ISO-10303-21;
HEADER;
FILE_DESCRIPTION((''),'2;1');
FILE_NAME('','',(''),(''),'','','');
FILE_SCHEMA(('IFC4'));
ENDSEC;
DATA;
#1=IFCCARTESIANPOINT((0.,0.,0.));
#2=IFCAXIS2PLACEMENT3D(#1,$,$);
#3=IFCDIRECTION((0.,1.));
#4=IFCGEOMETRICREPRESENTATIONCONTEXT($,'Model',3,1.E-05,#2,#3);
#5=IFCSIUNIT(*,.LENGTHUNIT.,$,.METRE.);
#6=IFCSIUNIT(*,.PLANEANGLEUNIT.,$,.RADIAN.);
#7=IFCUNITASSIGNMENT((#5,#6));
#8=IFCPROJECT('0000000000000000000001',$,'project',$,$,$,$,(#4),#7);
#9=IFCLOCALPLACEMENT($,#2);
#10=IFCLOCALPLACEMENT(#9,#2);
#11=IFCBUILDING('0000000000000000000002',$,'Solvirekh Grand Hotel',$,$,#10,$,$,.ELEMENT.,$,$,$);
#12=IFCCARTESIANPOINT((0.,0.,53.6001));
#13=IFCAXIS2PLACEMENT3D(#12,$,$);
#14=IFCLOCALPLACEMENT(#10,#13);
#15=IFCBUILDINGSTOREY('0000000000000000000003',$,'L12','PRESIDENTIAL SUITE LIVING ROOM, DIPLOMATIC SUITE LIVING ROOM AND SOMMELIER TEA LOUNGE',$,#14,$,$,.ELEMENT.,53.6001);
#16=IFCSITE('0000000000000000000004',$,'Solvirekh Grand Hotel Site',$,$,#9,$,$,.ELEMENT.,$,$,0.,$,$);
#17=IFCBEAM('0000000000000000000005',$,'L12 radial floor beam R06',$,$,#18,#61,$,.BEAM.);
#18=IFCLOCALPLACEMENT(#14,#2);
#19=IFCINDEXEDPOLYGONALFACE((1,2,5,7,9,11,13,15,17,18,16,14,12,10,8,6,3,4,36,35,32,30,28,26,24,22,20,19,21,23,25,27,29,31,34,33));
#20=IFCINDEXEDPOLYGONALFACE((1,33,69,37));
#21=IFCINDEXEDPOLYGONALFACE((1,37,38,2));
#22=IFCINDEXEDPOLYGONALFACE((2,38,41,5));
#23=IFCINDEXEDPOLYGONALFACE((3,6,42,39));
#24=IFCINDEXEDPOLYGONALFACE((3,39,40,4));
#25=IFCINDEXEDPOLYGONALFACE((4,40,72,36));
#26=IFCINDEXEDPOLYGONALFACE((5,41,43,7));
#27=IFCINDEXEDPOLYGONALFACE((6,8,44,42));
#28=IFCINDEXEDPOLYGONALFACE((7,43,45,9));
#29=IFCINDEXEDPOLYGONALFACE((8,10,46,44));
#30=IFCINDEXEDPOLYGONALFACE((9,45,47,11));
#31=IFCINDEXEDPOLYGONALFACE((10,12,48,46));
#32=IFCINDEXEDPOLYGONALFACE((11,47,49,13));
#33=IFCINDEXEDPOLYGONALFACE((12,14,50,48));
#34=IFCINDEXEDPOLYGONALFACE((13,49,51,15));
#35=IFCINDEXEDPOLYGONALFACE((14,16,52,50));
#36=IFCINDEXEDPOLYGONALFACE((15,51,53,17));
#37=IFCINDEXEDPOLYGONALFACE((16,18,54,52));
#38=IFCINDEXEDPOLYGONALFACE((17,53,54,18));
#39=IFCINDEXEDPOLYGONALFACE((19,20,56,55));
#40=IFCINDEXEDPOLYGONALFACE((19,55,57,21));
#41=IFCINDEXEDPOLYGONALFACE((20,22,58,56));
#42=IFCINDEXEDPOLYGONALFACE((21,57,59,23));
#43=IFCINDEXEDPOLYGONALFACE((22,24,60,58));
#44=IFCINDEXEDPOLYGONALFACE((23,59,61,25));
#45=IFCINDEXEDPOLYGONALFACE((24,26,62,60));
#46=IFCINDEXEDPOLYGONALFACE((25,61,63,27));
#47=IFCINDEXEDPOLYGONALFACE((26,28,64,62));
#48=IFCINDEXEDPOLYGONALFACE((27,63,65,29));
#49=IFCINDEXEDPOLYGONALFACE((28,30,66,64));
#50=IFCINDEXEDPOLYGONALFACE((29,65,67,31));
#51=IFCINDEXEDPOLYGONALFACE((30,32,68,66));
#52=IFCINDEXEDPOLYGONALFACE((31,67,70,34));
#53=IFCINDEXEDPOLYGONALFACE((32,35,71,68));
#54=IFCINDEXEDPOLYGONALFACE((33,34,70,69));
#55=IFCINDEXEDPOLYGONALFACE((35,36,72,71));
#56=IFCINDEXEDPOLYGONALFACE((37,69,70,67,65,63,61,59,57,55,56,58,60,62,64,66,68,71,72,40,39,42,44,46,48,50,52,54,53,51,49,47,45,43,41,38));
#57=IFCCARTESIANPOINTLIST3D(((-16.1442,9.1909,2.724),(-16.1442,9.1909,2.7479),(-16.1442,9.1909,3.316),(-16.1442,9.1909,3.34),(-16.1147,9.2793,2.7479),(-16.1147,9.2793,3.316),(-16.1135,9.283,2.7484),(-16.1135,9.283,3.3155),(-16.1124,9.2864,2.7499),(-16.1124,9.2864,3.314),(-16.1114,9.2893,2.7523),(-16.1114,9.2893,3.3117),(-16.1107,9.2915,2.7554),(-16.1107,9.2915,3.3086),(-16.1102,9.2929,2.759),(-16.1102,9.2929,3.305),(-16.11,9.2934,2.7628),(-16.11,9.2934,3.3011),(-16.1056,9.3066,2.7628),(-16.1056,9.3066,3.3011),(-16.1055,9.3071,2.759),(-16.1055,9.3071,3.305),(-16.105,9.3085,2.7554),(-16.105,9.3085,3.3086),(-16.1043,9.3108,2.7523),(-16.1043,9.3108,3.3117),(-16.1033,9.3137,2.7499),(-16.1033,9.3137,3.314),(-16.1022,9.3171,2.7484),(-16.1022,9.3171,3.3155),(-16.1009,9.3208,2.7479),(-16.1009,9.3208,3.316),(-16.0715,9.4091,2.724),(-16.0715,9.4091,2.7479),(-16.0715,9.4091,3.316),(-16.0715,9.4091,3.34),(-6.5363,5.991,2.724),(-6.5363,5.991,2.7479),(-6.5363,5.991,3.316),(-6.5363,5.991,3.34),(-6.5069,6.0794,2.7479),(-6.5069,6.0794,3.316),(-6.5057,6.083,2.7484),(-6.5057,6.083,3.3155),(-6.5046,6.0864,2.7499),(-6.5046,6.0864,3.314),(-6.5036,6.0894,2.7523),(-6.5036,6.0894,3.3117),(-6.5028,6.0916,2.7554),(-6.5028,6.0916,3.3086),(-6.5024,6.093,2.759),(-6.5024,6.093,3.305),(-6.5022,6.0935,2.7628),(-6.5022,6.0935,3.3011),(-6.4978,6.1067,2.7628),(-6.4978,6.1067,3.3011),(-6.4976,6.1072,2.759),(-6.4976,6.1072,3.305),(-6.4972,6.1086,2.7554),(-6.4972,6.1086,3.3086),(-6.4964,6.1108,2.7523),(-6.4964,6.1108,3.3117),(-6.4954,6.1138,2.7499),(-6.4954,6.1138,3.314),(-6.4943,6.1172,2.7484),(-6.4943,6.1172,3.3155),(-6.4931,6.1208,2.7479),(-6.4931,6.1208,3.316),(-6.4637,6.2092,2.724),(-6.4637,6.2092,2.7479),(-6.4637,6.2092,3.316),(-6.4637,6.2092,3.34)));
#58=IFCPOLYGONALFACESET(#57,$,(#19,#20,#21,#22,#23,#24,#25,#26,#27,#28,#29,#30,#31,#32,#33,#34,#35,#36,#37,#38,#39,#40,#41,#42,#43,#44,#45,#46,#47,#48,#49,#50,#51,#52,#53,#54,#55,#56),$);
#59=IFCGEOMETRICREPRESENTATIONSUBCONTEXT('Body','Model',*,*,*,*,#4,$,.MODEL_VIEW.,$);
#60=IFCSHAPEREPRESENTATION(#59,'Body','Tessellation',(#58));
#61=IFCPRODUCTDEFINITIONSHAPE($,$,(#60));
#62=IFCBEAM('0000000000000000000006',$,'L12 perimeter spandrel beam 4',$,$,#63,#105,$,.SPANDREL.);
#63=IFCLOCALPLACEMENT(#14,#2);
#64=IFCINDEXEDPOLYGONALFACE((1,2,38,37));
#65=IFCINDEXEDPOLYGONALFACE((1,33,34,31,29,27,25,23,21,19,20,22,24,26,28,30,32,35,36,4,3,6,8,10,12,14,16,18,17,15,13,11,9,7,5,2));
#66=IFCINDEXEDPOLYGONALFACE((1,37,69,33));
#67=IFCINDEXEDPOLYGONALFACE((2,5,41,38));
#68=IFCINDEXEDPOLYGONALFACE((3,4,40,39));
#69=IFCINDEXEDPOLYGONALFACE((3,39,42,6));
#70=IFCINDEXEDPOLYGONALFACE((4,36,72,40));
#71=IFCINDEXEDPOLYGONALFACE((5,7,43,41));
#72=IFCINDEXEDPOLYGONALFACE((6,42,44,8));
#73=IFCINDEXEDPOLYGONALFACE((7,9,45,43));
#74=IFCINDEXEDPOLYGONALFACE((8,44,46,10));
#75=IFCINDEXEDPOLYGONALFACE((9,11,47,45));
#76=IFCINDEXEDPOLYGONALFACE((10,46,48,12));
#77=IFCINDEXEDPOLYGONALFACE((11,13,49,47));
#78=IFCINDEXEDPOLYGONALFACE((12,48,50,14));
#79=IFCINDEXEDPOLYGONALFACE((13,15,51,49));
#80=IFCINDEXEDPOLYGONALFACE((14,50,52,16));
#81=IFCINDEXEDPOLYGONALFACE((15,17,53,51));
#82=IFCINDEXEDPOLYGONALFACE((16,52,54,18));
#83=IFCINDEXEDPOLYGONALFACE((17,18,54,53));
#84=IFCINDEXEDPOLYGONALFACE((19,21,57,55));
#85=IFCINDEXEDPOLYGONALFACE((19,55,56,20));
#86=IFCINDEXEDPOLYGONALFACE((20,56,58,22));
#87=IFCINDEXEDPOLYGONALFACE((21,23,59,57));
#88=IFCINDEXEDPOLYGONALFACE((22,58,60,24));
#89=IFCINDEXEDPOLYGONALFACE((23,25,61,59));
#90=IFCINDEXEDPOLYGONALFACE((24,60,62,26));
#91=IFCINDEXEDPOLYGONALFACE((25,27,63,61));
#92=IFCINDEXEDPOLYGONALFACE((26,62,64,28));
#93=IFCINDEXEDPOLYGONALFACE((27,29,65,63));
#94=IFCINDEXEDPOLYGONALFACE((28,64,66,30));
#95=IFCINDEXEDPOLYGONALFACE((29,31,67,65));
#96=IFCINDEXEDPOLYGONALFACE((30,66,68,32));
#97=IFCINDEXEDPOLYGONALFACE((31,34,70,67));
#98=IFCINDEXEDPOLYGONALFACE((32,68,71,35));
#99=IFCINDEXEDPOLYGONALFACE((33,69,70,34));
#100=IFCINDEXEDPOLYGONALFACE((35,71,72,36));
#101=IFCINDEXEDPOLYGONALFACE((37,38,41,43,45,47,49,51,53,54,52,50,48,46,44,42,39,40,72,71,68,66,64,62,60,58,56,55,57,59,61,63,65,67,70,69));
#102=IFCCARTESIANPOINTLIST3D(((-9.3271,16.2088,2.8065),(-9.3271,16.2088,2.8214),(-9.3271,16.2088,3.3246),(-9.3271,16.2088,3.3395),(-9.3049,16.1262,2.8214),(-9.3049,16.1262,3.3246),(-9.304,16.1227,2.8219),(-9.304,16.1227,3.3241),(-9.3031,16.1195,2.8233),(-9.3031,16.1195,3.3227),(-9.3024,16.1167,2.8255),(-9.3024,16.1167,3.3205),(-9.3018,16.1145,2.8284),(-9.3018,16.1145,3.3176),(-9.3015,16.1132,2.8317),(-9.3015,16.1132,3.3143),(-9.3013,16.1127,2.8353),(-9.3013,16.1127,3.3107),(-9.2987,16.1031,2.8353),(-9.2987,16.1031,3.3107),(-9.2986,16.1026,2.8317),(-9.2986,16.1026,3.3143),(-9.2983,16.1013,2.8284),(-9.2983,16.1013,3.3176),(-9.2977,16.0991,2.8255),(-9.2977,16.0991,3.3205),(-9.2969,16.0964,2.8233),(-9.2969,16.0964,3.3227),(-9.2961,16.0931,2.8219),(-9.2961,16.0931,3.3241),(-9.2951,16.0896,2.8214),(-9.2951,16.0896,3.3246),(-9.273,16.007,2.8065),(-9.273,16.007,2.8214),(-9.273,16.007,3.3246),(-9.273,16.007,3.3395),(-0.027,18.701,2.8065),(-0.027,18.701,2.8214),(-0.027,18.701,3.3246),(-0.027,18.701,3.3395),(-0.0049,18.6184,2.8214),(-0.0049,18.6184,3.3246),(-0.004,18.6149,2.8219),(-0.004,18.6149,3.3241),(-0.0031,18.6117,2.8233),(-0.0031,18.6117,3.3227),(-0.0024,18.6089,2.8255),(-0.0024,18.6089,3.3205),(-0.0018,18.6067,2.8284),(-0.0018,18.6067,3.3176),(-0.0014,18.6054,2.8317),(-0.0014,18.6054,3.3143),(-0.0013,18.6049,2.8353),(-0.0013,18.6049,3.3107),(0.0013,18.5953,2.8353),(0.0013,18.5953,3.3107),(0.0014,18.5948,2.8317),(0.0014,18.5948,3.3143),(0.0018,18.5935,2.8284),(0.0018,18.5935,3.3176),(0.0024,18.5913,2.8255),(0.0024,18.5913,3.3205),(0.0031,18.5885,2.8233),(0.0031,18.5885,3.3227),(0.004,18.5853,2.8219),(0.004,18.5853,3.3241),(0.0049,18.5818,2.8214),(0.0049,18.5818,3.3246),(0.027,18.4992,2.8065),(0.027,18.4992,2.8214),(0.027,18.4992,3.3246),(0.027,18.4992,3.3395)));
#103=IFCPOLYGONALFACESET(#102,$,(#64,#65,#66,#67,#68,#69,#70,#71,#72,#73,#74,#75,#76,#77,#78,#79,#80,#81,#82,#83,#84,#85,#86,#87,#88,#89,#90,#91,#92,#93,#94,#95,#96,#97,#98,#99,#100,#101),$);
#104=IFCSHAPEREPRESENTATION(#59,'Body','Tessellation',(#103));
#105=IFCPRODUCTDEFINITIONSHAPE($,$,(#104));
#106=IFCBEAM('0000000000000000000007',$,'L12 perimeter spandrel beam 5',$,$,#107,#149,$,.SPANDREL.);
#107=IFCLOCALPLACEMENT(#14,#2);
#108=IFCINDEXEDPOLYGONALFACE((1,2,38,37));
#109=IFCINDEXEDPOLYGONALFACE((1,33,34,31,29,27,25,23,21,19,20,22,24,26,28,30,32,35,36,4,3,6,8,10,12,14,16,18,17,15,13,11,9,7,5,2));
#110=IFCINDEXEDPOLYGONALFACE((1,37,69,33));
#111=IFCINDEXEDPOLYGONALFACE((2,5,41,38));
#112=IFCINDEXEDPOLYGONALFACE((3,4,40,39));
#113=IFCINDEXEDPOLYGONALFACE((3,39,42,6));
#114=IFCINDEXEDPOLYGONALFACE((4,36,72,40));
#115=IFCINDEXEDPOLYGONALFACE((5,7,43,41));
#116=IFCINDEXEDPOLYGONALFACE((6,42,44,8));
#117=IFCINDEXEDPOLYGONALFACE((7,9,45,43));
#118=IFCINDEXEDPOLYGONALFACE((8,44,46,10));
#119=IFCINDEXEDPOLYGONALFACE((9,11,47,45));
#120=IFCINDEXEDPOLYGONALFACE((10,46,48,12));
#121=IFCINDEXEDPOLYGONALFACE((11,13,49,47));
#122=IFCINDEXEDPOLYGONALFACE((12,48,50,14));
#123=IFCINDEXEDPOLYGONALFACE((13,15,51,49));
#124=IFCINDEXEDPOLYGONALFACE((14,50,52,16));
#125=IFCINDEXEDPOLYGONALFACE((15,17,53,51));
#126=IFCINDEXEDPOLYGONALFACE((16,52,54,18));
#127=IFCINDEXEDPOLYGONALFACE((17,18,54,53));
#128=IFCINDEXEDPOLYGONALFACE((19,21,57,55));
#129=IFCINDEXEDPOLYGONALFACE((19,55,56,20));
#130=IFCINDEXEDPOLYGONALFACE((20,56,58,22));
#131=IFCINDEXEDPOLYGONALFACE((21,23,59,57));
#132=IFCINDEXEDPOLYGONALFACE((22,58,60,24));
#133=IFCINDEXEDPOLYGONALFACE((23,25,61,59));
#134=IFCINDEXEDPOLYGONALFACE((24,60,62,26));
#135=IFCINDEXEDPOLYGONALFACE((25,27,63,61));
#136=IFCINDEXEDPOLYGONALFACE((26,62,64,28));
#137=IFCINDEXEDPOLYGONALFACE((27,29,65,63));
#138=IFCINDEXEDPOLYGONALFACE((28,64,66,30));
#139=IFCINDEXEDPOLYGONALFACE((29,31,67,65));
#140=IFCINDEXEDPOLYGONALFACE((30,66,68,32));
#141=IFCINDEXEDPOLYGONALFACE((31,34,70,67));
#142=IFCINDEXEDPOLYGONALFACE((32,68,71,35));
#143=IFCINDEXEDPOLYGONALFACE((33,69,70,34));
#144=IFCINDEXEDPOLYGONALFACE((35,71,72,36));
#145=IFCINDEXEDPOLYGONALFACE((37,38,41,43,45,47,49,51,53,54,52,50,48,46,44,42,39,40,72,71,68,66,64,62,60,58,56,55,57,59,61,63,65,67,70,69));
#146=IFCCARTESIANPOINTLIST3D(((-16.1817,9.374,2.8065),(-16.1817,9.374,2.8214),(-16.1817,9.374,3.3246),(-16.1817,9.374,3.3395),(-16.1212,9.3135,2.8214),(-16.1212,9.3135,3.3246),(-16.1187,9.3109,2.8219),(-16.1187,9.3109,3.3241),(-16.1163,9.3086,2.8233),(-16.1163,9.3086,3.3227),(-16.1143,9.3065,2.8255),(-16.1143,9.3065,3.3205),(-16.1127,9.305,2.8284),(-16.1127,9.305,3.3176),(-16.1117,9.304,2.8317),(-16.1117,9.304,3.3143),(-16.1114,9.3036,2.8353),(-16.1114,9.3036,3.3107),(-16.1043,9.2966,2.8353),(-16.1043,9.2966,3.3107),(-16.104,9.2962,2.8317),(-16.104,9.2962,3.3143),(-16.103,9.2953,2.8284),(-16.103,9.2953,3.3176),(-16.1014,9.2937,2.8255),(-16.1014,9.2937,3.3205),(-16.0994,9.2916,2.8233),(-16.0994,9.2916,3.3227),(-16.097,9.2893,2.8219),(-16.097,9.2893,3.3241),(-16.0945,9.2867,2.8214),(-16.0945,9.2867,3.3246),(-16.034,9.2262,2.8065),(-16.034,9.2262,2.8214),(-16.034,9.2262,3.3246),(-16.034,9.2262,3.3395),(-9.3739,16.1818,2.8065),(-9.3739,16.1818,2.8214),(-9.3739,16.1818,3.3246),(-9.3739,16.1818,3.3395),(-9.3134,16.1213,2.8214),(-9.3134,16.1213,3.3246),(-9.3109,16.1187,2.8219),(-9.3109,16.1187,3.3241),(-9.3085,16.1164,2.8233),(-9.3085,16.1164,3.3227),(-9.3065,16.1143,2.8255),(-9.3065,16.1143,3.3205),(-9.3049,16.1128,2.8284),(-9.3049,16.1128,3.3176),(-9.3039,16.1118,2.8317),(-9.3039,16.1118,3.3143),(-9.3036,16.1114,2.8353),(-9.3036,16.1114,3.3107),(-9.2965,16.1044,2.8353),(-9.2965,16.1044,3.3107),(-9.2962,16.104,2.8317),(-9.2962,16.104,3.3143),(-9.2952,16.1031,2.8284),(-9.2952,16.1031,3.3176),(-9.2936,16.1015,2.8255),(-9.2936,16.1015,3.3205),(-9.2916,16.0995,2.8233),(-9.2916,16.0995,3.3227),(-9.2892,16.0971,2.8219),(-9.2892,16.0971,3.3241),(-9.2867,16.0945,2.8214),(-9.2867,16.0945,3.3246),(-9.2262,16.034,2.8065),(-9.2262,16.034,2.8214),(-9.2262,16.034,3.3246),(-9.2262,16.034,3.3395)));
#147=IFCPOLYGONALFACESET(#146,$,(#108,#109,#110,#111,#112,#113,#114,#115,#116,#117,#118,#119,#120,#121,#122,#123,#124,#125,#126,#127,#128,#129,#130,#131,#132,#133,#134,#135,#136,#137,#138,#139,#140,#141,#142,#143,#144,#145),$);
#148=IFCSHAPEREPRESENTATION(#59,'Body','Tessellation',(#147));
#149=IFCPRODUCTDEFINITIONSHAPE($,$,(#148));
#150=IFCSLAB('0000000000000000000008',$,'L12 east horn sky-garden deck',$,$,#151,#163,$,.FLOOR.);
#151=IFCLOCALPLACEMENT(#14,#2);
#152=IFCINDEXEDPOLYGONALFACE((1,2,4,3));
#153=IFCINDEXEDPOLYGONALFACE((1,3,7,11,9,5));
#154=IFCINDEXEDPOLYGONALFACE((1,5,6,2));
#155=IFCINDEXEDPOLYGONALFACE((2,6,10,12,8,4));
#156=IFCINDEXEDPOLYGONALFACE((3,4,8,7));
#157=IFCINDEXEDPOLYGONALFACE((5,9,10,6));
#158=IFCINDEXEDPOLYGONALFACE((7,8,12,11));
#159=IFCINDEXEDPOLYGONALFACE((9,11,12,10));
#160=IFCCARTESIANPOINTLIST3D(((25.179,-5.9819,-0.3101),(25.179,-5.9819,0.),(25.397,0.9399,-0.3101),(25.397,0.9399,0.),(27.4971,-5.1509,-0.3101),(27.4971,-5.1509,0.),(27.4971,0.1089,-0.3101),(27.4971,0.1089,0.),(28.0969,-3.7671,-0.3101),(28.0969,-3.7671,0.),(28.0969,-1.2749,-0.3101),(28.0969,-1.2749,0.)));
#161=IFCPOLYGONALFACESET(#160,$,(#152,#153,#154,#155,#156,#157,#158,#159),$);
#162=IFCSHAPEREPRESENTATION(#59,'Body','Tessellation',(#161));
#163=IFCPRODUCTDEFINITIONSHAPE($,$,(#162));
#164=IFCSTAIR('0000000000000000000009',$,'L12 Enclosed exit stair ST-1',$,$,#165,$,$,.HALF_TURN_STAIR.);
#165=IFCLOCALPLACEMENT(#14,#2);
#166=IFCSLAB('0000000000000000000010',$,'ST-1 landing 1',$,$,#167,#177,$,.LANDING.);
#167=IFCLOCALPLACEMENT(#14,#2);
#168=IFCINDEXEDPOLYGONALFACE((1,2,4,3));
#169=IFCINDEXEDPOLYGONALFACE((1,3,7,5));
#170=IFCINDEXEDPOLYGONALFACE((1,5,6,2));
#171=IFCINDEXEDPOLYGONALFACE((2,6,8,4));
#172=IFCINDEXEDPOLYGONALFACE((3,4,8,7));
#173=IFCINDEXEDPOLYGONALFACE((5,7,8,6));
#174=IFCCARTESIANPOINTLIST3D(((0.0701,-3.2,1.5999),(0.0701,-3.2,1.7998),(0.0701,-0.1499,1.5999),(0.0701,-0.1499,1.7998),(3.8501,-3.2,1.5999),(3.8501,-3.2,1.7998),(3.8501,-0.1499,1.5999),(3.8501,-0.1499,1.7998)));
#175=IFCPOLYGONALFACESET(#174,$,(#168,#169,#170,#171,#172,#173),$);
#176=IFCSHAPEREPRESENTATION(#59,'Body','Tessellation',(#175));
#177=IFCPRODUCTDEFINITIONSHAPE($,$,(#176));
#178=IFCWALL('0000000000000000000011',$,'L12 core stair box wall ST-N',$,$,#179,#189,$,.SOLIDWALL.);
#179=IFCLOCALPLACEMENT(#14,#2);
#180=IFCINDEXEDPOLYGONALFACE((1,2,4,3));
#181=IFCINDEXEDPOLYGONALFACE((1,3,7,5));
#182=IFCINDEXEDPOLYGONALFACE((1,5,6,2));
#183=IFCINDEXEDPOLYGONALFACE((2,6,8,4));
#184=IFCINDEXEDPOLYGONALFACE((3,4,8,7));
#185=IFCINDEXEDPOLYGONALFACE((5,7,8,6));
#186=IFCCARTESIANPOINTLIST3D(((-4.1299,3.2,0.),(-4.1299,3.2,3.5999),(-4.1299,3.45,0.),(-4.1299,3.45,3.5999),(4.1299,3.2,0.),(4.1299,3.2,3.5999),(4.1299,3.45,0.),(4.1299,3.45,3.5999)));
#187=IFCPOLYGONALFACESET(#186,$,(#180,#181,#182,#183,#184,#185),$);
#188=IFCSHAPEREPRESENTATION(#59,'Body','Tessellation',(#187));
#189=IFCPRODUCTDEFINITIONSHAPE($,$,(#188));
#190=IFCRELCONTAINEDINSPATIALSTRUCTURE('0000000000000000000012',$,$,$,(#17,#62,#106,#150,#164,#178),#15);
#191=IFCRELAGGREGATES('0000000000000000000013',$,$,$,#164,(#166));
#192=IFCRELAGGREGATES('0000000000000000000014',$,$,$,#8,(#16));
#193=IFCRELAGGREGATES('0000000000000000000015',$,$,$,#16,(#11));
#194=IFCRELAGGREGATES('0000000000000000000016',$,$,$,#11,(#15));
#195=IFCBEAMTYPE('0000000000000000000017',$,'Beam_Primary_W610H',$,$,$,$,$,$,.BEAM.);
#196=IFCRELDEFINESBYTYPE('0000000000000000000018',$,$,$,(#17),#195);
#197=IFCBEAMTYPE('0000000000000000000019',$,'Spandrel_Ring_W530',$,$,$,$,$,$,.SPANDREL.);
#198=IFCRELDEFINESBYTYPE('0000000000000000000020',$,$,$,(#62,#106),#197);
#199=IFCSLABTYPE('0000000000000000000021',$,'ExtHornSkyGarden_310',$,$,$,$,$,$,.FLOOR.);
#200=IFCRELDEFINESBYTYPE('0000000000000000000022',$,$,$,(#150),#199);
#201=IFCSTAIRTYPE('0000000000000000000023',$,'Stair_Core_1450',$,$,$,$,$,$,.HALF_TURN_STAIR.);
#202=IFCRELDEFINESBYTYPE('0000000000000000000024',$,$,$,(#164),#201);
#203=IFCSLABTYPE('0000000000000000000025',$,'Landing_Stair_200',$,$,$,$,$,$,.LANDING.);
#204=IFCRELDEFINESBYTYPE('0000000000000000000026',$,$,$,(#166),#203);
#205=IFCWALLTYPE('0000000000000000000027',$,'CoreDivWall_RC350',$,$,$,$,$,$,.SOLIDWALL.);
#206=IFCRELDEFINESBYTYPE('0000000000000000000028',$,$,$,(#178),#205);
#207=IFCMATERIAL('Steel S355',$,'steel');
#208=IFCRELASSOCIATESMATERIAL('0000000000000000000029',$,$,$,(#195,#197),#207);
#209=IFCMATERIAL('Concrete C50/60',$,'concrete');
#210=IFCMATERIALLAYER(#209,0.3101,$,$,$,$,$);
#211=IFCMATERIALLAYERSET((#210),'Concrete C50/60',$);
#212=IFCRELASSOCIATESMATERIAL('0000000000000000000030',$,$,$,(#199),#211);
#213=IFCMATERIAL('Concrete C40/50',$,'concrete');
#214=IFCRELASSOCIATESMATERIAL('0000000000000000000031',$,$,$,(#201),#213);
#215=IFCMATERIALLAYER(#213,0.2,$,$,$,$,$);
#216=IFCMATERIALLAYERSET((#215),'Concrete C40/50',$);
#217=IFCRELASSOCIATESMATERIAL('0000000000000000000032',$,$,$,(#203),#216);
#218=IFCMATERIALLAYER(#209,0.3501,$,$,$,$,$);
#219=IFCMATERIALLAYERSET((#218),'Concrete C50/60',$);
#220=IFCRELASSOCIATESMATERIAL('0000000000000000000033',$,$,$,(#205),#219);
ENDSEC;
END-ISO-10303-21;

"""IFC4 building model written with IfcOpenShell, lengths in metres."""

from ifc_helpers import new_model, si_unit, direction, frame, frame_2d, origin, origin_2d, place, context, subcontext, project, spatial, polyline, rectangle, i_section, outline, extrude, material, layer, layer_set, material_profile, profile_set, type_object, element, aggregate, save


model = new_model("IFC4")

# Units and contexts
model_context = context("Model", 3, precision=1e-05, world=origin(), true_north=direction((0.0, 1.0)))
body_context = subcontext(model_context, "Body", "Model", "MODEL_VIEW")
ifc_project = project(units=[si_unit("LENGTHUNIT", "METRE"), si_unit("PLANEANGLEUNIT", "RADIAN")], contexts=[model_context])

# Site, building, storey
site_placement = place(None, origin())
site = spatial("IfcSite", under=ifc_project, at=site_placement, Name="Solvirekh Grand Hotel Site", CompositionType="ELEMENT", RefElevation=0.0)
building_placement = place(site_placement, origin())
building = spatial("IfcBuilding", under=site, at=building_placement, Name="Solvirekh Grand Hotel", CompositionType="ELEMENT")
storey_placement = place(building_placement, frame((0.0, 0.0, 53.6001)))
storey = spatial("IfcBuildingStorey", under=building, at=storey_placement, Name="L12", Description="PRESIDENTIAL SUITE LIVING ROOM, DIPLOMATIC SUITE LIVING ROOM AND SOMMELIER TEA LOUNGE", CompositionType="ELEMENT", Elevation=53.6001)

# Beams
ifc_material_1 = material(Name="Concrete C50/60", Category="concrete")
ifc_material_2 = material(Name="Steel S355", Category="steel")
ifc_material_profile_1 = material_profile(ifc_material_2, i_section(OverallWidth=0.23, OverallDepth=0.616, WebThickness=0.0139, FlangeThickness=0.0239, FilletRadius=0.0149, at=origin_2d()), Name="W610X174")
ifc_profile_set_1 = profile_set([ifc_material_profile_1], Name="Steel S355")
beam_type_1 = type_object("IfcBeamType", Name="Beam_Primary_W610H", PredefinedType="BEAM", material=ifc_profile_set_1)
beam_1_placement = place(storey_placement, frame((-6.5, 6.1001, 3.032), z_axis=(-0.948763, 0.315989, 0.0), x_axis=(-0.315989, -0.948763, 0.0)))
element("IfcBeam", 1, at=beam_1_placement, inside=storey, type_object=beam_type_1, Name="L12 radial floor beam R06", PredefinedType="BEAM", context=body_context, shape_type="SweptSolid", body=[
    extrude(i_section(OverallWidth=0.23, OverallDepth=0.616, WebThickness=0.0139, FlangeThickness=0.0239, FilletRadius=0.0149, at=origin_2d()), origin(), (0.0, 0.0, 1.0), 10.1267),
])
ifc_material_profile_2 = material_profile(ifc_material_2, i_section(OverallWidth=0.209, OverallDepth=0.533, WebThickness=0.01, FlangeThickness=0.0149, FilletRadius=0.0139, at=origin_2d()), Name="W530X92")
ifc_profile_set_2 = profile_set([ifc_material_profile_2], Name="Steel S355")
beam_type_2 = type_object("IfcBeamType", Name="Spandrel_Ring_W530", PredefinedType="SPANDREL", material=ifc_profile_set_2)
beam_2_placement = place(storey_placement, frame((0.0, 18.6001, 3.073), z_axis=(-0.965919, -0.258843, 0.0), x_axis=(0.258843, -0.965919, 0.0)))
element("IfcBeam", 2, at=beam_2_placement, inside=storey, type_object=beam_type_2, Name="L12 perimeter spandrel beam 4", PredefinedType="SPANDREL", context=body_context, shape_type="SweptSolid", body=[
    extrude(i_section(OverallWidth=0.209, OverallDepth=0.533, WebThickness=0.01, FlangeThickness=0.0149, FilletRadius=0.0139, at=origin_2d()), origin(), (0.0, 0.0, 1.0), 9.6282),
])
beam_3_placement = place(storey_placement, frame((-9.3, 16.1079, 3.073), z_axis=(-0.707107, -0.707107, 0.0), x_axis=(0.707107, -0.707107, 0.0)))
element("IfcBeam", 3, at=beam_3_placement, inside=storey, type_object=beam_type_2, Name="L12 perimeter spandrel beam 5", PredefinedType="SPANDREL", context=body_context, shape_type="SweptSolid", body=[
    extrude(i_section(OverallWidth=0.209, OverallDepth=0.533, WebThickness=0.01, FlangeThickness=0.0149, FilletRadius=0.0139, at=origin_2d()), origin(), (0.0, 0.0, 1.0), 9.6277),
])

# Slab
ifc_layer_1 = layer(ifc_material_1, 0.3101)
ifc_layer_set_1 = layer_set([ifc_layer_1], Name="Concrete C50/60")
slab_type_1 = type_object("IfcSlabType", Name="ExtHornSkyGarden_310", PredefinedType="FLOOR", material=ifc_layer_set_1)
slab_1_placement = place(storey_placement, frame((0.0, 0.0, -0.3101)))
element("IfcSlab", 4, at=slab_1_placement, inside=storey, type_object=slab_type_1, Name="L12 east horn sky-garden deck", PredefinedType="FLOOR", context=body_context, shape_type="SweptSolid", body=[
    extrude(outline(polyline([(25.397, 0.9399), (25.179, -5.9819), (27.4971, -5.1509), (28.0969, -3.7671), (28.0969, -1.2749), (27.4971, 0.1089), (25.397, 0.9399)])), origin(), (0.0, 0.0, 1.0), 0.3101),
])

# Stair, slab
ifc_material_3 = material(Name="Concrete C40/50", Category="concrete")
stair_type = type_object("IfcStairType", Name="Stair_Core_1450", PredefinedType="HALF_TURN_STAIR", material=ifc_material_3)
stair_1_placement = place(storey_placement, origin())
stair_1 = element("IfcStair", 5, at=stair_1_placement, inside=storey, type_object=stair_type, Name="L12 Enclosed exit stair ST-1", PredefinedType="HALF_TURN_STAIR")
ifc_layer_2 = layer(ifc_material_3, 0.2)
ifc_layer_set_2 = layer_set([ifc_layer_2], Name="Concrete C40/50")
slab_type_2 = type_object("IfcSlabType", Name="Landing_Stair_200", PredefinedType="LANDING", material=ifc_layer_set_2)
slab_2_placement = place(storey_placement, frame((0.0, 0.0, 1.5999)))
slab_2 = element("IfcSlab", 6, at=slab_2_placement, type_object=slab_type_2, Name="ST-1 landing 1", PredefinedType="LANDING", context=body_context, shape_type="SweptSolid", body=[
    extrude(outline(polyline([(0.0701, -3.2), (3.8501, -3.2), (3.8501, -0.1499), (0.0701, -0.1499), (0.0701, -3.2)])), origin(), (0.0, 0.0, 1.0), 0.2),
])
aggregate(stair_1, [slab_2])

# Wall
ifc_layer_3 = layer(ifc_material_1, 0.3501)
ifc_layer_set_3 = layer_set([ifc_layer_3], Name="Concrete C50/60")
wall_type_1 = type_object("IfcWallType", Name="CoreDivWall_RC350", PredefinedType="SOLIDWALL", material=ifc_layer_set_3)
wall_1_placement = place(storey_placement, frame((-4.1299, 3.325, 0.0), z_axis=(0.0, 0.0, 1.0), x_axis=(1.0, 0.0, 0.0)))
element("IfcWall", 7, at=wall_1_placement, inside=storey, type_object=wall_type_1, Name="L12 core stair box wall ST-N", PredefinedType="SOLIDWALL", context=body_context, shape_type="SweptSolid", body=[
    extrude(rectangle(XDim=8.2598, YDim=0.25, at=frame_2d((4.1299, 0.0))), origin(), (0.0, 0.0, 1.0), 3.5999),
])

save(model, "model.ifc")
